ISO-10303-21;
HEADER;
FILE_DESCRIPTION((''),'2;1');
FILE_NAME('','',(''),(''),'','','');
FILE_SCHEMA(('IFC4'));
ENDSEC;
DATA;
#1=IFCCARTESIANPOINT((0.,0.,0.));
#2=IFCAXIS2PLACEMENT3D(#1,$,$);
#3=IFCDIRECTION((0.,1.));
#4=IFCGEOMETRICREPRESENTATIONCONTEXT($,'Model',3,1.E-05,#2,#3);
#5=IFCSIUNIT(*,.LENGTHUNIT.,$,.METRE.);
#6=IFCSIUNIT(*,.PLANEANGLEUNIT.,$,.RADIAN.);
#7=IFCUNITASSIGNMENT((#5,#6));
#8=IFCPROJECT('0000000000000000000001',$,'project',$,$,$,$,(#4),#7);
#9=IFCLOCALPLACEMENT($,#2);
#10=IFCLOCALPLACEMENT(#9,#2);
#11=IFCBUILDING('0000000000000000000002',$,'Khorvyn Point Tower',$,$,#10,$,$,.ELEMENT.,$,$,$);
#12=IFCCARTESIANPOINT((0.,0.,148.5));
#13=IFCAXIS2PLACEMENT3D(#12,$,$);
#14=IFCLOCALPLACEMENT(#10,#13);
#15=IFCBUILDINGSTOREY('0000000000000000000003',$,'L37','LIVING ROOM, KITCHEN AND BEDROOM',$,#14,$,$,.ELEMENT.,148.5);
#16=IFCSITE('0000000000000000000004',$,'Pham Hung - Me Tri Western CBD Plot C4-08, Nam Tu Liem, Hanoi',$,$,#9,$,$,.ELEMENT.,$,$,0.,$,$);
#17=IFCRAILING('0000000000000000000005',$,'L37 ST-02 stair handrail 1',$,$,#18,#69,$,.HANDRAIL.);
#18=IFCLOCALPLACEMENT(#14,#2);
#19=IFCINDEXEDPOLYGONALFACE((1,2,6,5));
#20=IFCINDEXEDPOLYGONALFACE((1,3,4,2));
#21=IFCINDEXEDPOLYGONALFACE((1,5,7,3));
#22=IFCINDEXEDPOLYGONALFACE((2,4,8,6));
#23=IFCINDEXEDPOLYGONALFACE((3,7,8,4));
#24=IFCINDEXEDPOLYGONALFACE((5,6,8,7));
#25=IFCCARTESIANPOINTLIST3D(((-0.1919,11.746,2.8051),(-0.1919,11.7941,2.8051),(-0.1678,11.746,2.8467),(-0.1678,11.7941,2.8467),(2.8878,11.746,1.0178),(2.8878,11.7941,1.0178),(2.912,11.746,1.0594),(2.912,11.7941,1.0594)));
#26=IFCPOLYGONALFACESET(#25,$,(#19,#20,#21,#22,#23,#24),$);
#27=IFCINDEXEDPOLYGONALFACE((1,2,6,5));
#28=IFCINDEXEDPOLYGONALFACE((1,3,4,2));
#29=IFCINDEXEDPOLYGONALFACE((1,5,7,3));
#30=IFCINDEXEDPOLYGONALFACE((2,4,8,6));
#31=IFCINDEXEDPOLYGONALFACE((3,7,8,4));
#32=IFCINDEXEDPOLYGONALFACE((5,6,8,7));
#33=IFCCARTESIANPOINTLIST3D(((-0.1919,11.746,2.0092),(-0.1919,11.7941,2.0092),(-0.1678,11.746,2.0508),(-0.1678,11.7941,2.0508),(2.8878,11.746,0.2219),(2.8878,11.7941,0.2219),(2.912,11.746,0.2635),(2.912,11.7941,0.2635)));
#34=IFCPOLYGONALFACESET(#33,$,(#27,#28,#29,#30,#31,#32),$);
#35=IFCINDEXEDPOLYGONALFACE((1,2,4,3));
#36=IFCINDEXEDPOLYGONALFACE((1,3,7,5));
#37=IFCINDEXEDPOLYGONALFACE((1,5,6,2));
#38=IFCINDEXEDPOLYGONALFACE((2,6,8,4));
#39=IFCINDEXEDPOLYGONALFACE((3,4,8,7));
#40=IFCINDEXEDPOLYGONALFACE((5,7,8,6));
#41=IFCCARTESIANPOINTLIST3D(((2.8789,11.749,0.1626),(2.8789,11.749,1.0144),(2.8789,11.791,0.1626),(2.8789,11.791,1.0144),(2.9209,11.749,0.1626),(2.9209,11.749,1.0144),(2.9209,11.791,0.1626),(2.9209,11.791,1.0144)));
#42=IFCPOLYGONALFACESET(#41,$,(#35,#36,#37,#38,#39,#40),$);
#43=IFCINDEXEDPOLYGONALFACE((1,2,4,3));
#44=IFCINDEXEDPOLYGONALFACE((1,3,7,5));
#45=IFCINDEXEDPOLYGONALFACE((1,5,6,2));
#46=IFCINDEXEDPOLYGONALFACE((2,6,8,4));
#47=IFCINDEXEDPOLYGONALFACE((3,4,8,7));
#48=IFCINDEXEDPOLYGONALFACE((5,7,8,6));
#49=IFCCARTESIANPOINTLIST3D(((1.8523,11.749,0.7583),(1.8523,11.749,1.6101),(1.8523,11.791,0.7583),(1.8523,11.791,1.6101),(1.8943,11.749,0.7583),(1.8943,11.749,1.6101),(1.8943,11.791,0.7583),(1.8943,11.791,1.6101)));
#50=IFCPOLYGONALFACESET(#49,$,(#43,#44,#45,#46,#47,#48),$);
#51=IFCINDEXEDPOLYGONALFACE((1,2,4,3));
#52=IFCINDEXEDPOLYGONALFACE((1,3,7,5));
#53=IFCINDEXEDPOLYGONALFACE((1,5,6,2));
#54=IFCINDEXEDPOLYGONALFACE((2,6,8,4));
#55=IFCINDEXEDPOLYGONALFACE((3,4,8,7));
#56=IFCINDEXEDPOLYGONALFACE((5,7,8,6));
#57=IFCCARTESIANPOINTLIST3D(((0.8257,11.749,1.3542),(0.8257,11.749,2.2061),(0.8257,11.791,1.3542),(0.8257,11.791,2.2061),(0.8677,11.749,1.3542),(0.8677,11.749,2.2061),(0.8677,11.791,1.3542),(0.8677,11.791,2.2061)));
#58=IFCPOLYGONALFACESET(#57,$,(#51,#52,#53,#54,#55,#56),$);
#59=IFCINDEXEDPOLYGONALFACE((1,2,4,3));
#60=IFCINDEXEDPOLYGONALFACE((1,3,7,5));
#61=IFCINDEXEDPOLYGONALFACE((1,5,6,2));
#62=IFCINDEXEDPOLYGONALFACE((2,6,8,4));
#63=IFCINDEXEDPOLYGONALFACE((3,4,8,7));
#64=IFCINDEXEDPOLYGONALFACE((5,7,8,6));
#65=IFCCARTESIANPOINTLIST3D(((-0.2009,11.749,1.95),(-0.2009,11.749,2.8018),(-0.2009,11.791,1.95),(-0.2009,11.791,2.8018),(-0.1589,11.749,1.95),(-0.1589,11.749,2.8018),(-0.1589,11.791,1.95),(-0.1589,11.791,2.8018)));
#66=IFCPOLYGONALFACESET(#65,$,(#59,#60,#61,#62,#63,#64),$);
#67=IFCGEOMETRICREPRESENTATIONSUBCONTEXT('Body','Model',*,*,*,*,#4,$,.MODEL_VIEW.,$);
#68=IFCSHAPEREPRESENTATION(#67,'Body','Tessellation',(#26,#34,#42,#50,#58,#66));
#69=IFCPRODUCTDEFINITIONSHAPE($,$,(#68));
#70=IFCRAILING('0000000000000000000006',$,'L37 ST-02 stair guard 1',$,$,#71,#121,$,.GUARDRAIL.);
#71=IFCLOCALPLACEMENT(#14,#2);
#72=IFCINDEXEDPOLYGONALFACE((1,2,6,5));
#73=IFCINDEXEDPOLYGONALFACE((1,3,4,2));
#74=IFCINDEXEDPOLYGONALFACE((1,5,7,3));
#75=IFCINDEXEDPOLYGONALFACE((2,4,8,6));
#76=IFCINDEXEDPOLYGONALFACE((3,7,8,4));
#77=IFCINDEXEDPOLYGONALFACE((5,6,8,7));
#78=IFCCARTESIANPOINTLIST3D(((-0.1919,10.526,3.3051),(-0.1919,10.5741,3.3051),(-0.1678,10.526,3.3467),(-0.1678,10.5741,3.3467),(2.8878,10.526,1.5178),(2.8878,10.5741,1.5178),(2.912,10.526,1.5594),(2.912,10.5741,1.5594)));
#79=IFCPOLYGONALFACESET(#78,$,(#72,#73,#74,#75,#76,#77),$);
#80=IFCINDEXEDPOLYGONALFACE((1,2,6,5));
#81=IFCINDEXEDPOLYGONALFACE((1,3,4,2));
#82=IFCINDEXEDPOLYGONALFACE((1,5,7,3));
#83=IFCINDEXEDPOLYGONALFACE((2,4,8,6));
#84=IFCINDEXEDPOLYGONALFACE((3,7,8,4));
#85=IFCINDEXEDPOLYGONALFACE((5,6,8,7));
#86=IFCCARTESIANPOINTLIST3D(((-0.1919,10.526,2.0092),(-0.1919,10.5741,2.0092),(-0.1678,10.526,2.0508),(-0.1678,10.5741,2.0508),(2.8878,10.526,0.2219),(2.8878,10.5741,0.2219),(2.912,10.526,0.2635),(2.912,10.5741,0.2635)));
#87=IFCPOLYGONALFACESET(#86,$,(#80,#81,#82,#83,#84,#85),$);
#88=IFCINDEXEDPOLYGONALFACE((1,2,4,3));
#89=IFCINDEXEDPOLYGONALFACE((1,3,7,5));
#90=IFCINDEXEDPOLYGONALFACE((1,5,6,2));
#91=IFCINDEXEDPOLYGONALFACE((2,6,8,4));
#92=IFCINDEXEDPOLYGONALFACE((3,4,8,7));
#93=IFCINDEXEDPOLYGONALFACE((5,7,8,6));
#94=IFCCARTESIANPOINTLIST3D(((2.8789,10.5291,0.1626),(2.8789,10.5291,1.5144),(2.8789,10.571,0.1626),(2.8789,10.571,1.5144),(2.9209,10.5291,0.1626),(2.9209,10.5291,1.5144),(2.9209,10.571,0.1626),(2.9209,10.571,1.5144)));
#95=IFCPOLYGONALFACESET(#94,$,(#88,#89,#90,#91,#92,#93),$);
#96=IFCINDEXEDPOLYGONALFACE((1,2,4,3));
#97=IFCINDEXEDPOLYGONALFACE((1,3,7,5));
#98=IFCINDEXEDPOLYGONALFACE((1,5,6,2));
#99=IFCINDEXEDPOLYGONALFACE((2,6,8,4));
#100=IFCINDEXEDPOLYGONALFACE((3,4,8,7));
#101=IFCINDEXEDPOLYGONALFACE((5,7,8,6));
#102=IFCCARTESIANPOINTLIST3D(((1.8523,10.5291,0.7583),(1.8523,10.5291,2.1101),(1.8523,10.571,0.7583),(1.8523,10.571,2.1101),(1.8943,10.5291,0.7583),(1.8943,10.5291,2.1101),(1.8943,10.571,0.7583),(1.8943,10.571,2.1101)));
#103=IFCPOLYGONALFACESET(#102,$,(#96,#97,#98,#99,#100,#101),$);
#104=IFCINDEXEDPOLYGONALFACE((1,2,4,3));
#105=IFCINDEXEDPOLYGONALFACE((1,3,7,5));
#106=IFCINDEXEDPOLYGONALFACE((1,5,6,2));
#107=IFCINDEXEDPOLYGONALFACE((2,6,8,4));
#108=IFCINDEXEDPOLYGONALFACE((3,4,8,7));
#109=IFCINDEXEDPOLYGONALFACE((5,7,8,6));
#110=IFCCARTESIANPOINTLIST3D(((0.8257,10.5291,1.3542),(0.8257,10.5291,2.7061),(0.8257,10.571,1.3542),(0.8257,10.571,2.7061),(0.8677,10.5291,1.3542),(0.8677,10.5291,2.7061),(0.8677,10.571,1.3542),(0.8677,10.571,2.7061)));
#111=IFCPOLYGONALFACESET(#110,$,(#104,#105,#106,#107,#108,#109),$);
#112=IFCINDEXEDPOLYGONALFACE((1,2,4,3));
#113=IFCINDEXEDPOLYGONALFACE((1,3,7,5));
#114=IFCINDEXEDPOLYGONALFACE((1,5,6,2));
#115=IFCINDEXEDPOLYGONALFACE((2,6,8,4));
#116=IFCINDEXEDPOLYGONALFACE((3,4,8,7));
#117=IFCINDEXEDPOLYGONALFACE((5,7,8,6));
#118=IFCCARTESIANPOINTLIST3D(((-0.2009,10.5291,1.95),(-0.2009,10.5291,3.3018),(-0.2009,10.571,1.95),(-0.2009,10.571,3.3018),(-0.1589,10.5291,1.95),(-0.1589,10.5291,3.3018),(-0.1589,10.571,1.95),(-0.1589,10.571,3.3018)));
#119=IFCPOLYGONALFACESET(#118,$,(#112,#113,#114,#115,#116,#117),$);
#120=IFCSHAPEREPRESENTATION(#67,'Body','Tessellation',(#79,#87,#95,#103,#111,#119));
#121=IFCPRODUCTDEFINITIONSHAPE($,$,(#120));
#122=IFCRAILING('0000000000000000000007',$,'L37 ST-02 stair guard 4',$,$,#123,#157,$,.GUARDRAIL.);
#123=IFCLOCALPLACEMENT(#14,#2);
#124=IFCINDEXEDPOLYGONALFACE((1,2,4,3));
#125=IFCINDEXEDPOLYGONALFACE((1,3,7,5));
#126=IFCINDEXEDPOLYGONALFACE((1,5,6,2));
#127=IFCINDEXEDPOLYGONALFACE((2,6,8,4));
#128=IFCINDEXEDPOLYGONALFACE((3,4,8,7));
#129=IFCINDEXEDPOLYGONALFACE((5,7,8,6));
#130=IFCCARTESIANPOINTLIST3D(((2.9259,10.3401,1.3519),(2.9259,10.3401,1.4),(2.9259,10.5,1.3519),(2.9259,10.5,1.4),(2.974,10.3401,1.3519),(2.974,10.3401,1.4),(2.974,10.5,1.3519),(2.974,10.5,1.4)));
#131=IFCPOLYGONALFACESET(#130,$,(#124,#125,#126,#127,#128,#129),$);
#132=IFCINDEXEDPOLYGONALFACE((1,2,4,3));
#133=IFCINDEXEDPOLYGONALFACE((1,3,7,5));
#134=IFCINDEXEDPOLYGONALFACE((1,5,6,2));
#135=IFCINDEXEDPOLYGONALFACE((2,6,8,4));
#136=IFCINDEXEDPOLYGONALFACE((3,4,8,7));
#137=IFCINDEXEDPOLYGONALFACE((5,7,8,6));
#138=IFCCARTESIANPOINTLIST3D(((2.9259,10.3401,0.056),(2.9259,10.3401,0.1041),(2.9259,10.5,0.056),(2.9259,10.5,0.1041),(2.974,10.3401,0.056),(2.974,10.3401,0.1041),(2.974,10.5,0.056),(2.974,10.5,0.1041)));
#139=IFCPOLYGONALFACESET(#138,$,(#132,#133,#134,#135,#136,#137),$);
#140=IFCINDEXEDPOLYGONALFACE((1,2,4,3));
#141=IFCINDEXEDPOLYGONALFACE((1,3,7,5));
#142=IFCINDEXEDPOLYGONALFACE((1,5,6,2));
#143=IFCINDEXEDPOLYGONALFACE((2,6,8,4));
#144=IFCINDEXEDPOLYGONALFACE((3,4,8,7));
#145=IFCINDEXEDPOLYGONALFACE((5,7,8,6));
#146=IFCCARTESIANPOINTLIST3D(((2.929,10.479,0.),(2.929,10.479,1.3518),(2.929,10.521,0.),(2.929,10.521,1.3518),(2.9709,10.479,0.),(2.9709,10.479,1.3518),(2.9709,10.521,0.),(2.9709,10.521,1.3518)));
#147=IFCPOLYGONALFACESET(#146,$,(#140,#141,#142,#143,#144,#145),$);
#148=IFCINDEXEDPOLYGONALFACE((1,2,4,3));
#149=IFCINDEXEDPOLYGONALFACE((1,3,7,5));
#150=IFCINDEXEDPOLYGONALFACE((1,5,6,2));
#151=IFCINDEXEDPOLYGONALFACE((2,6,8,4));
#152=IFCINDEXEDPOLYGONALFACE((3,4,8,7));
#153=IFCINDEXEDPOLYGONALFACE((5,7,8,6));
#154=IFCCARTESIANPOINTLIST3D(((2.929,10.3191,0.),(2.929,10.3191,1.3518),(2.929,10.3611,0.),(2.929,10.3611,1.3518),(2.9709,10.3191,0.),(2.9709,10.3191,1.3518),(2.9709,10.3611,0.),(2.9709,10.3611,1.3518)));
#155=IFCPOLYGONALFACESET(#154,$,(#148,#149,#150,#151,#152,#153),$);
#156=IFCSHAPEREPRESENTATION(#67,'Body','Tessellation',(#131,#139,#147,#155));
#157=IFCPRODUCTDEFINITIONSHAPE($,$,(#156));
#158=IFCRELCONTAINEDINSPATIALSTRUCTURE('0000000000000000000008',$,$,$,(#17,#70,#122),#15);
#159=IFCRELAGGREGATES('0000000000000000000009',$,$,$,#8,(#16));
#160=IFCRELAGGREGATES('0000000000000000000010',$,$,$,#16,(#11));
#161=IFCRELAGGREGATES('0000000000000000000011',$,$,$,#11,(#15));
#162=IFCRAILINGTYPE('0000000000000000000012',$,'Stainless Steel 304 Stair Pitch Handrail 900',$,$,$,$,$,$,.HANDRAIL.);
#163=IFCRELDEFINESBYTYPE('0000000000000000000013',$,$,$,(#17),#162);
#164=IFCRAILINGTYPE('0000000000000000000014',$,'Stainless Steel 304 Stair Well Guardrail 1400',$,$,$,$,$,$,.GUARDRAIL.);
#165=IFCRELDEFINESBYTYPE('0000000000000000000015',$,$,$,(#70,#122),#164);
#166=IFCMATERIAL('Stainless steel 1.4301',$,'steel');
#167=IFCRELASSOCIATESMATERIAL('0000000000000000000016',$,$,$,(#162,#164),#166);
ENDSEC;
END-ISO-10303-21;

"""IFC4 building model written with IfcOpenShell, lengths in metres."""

from ifc_helpers import new_model, si_unit, direction, frame, origin, origin_2d, place, context, subcontext, project, spatial, rectangle, extrude, material, type_object, element, save


model = new_model("IFC4")

# Units and contexts
model_context = context("Model", 3, precision=1e-05, world=origin(), true_north=direction((0.0, 1.0)))
body_context = subcontext(model_context, "Body", "Model", "MODEL_VIEW")
ifc_project = project(units=[si_unit("LENGTHUNIT", "METRE"), si_unit("PLANEANGLEUNIT", "RADIAN")], contexts=[model_context])

# Site, building, storey
site_placement = place(None, origin())
site = spatial("IfcSite", under=ifc_project, at=site_placement, Name="Pham Hung - Me Tri Western CBD Plot C4-08, Nam Tu Liem, Hanoi", CompositionType="ELEMENT", RefElevation=0.0)
building_placement = place(site_placement, origin())
building = spatial("IfcBuilding", under=site, at=building_placement, Name="Khorvyn Point Tower", CompositionType="ELEMENT")
storey_placement = place(building_placement, frame((0.0, 0.0, 148.5)))
storey = spatial("IfcBuildingStorey", under=building, at=storey_placement, Name="L37", Description="LIVING ROOM, KITCHEN AND BEDROOM", CompositionType="ELEMENT", Elevation=148.5)

# Shared definitions
ifc_material_1 = material(Name="Stainless steel 1.4301", Category="steel")

# Railings
railing_type_1 = type_object("IfcRailingType", Name="Stainless Steel 304 Stair Pitch Handrail 900", PredefinedType="HANDRAIL", material=ifc_material_1)
railing_1_placement = place(storey_placement, frame((2.8999, 11.77, 0.1626)))
element("IfcRailing", 1, at=railing_1_placement, inside=storey, type_object=railing_type_1, Name="L37 ST-02 stair handrail 1", PredefinedType="HANDRAIL", context=body_context, shape_type="SweptSolid", body=[
    extrude(rectangle(XDim=0.0481, YDim=0.0481, at=origin_2d()), frame((0.0, 0.0, 0.876), z_axis=(-0.864903, 0.0, 0.501939), x_axis=(0.0, -1.0, 0.0)), (0.0, 0.0, 1.0), 3.5608),
    extrude(rectangle(XDim=0.0481, YDim=0.0481, at=origin_2d()), frame((0.0, 0.0, 0.0801), z_axis=(-0.864903, 0.0, 0.501939), x_axis=(0.0, -1.0, 0.0)), (0.0, 0.0, 1.0), 3.5608),
    extrude(rectangle(XDim=0.042, YDim=0.042, at=origin_2d()), origin(), (0.0, 0.0, 1.0), 0.8518),
    extrude(rectangle(XDim=0.042, YDim=0.042, at=origin_2d()), frame((-1.0266, 0.0, 0.5957)), (0.0, 0.0, 1.0), 0.8518),
    extrude(rectangle(XDim=0.042, YDim=0.042, at=origin_2d()), frame((-2.0532, 0.0, 1.1917)), (0.0, 0.0, 1.0), 0.8518),
    extrude(rectangle(XDim=0.042, YDim=0.042, at=origin_2d()), frame((-3.0798, 0.0, 1.7874)), (0.0, 0.0, 1.0), 0.8518),
])
railing_type_2 = type_object("IfcRailingType", Name="Stainless Steel 304 Stair Well Guardrail 1400", PredefinedType="GUARDRAIL", material=ifc_material_1)
railing_2_placement = place(storey_placement, frame((2.8999, 10.55, 0.1626)))
element("IfcRailing", 2, at=railing_2_placement, inside=storey, type_object=railing_type_2, Name="L37 ST-02 stair guard 1", PredefinedType="GUARDRAIL", context=body_context, shape_type="SweptSolid", body=[
    extrude(rectangle(XDim=0.0481, YDim=0.0481, at=origin_2d()), frame((0.0, 0.0, 1.376), z_axis=(-0.864903, 0.0, 0.501939), x_axis=(0.0, -1.0, 0.0)), (0.0, 0.0, 1.0), 3.5608),
    extrude(rectangle(XDim=0.0481, YDim=0.0481, at=origin_2d()), frame((0.0, 0.0, 0.0801), z_axis=(-0.864903, 0.0, 0.501939), x_axis=(0.0, -1.0, 0.0)), (0.0, 0.0, 1.0), 3.5608),
    extrude(rectangle(XDim=0.042, YDim=0.042, at=origin_2d()), origin(), (0.0, 0.0, 1.0), 1.3518),
    extrude(rectangle(XDim=0.042, YDim=0.042, at=origin_2d()), frame((-1.0266, 0.0, 0.5957)), (0.0, 0.0, 1.0), 1.3518),
    extrude(rectangle(XDim=0.042, YDim=0.042, at=origin_2d()), frame((-2.0532, 0.0, 1.1917)), (0.0, 0.0, 1.0), 1.3518),
    extrude(rectangle(XDim=0.042, YDim=0.042, at=origin_2d()), frame((-3.0798, 0.0, 1.7874)), (0.0, 0.0, 1.0), 1.3518),
])
railing_3_placement = place(storey_placement, frame((2.95, 10.5, 0.0)))
element("IfcRailing", 3, at=railing_3_placement, inside=storey, type_object=railing_type_2, Name="L37 ST-02 stair guard 4", PredefinedType="GUARDRAIL", context=body_context, shape_type="SweptSolid", body=[
    extrude(rectangle(XDim=0.0481, YDim=0.0481, at=origin_2d()), frame((0.0, 0.0, 1.376), z_axis=(0.0, -1.0, 0.0), x_axis=(1.0, 0.0, 0.0)), (0.0, 0.0, 1.0), 0.1599),
    extrude(rectangle(XDim=0.0481, YDim=0.0481, at=origin_2d()), frame((0.0, 0.0, 0.0801), z_axis=(0.0, -1.0, 0.0), x_axis=(1.0, 0.0, 0.0)), (0.0, 0.0, 1.0), 0.1599),
    extrude(rectangle(XDim=0.042, YDim=0.042, at=origin_2d()), origin(), (0.0, 0.0, 1.0), 1.3518),
    extrude(rectangle(XDim=0.042, YDim=0.042, at=origin_2d()), frame((0.0, -0.1599, 0.0)), (0.0, 0.0, 1.0), 1.3518),
])

save(model, "model.ifc")
